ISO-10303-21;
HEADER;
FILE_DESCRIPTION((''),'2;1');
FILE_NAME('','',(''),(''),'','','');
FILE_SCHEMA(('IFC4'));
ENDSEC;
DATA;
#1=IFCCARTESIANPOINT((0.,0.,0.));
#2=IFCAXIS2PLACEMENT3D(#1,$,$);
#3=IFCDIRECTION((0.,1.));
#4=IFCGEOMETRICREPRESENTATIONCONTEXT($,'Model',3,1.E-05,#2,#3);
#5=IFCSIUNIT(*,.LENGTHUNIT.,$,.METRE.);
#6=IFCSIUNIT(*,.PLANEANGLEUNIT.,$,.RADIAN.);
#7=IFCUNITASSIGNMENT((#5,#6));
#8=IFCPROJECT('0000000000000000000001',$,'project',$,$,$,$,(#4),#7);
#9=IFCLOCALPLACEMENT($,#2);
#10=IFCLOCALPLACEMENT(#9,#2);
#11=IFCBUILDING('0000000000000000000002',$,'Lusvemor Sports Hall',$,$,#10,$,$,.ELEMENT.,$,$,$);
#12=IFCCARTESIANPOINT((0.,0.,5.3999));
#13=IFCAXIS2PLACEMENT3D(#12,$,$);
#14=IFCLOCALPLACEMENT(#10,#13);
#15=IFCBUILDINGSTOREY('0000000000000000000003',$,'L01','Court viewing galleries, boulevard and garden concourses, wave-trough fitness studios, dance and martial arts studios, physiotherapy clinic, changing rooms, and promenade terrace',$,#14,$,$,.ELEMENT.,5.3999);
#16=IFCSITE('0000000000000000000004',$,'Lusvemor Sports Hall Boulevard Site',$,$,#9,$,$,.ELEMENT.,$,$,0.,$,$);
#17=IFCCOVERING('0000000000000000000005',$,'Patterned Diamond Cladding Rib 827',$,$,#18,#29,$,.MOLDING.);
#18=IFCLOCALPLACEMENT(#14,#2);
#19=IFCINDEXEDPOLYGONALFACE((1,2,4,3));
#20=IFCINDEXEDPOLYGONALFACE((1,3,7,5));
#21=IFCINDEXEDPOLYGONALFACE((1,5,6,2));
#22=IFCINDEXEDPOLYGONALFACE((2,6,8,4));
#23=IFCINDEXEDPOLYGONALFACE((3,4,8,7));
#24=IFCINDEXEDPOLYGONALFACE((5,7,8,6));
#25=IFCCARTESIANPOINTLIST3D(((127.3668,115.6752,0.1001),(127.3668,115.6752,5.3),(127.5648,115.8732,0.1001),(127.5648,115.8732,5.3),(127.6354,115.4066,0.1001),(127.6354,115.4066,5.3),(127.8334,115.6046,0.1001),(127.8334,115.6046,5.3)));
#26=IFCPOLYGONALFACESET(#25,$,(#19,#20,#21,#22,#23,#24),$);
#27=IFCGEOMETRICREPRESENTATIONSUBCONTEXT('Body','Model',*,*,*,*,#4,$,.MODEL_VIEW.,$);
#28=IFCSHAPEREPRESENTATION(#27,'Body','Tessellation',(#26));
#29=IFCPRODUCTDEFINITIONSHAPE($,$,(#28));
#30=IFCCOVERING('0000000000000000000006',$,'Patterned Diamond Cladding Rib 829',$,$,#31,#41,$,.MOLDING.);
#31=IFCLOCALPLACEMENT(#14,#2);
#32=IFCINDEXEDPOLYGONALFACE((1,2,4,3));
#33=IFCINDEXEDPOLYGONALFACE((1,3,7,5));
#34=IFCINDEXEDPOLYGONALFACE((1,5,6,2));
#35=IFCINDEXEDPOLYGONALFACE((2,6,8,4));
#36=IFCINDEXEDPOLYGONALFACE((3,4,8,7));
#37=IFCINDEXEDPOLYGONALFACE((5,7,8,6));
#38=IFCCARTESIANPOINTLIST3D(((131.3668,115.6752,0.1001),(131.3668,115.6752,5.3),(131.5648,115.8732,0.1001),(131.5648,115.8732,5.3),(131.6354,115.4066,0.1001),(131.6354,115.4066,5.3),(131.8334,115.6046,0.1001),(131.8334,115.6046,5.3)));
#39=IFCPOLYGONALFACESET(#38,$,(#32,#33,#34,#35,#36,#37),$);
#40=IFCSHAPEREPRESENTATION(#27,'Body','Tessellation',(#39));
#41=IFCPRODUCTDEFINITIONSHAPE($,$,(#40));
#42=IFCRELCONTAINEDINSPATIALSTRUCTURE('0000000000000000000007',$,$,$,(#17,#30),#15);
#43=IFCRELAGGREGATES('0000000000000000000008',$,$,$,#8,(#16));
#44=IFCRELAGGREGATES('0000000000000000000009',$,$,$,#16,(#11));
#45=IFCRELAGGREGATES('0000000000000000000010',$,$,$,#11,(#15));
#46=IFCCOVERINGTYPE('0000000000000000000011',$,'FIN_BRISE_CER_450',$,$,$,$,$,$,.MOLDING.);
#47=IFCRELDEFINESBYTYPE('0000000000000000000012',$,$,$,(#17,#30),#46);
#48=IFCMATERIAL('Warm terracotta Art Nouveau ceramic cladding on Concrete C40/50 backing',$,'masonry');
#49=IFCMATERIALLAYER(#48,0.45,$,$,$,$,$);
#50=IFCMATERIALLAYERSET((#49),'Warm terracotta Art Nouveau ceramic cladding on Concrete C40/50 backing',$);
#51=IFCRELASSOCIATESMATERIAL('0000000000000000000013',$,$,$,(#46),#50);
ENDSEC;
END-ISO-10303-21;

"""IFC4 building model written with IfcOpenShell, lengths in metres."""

from ifc_helpers import new_model, si_unit, direction, frame, origin, origin_2d, place, context, subcontext, project, spatial, rectangle, extrude, material, layer, layer_set, type_object, element, save


model = new_model("IFC4")

# Units and contexts
model_context = context("Model", 3, precision=1e-05, world=origin(), true_north=direction((0.0, 1.0)))
body_context = subcontext(model_context, "Body", "Model", "MODEL_VIEW")
ifc_project = project(units=[si_unit("LENGTHUNIT", "METRE"), si_unit("PLANEANGLEUNIT", "RADIAN")], contexts=[model_context])

# Site, building, storey
site_placement = place(None, origin())
site = spatial("IfcSite", under=ifc_project, at=site_placement, Name="Lusvemor Sports Hall Boulevard Site", CompositionType="ELEMENT", RefElevation=0.0)
building_placement = place(site_placement, origin())
building = spatial("IfcBuilding", under=site, at=building_placement, Name="Lusvemor Sports Hall", CompositionType="ELEMENT")
storey_placement = place(building_placement, frame((0.0, 0.0, 5.3999)))
storey = spatial("IfcBuildingStorey", under=building, at=storey_placement, Name="L01", Description="Court viewing galleries, boulevard and garden concourses, wave-trough fitness studios, dance and martial arts studios, physiotherapy clinic, changing rooms, and promenade terrace", CompositionType="ELEMENT", Elevation=5.3999)

# Coverings
ifc_material_1 = material(Name="Warm terracotta Art Nouveau ceramic cladding on Concrete C40/50 backing", Category="masonry")
ifc_layer_1 = layer(ifc_material_1, 0.45)
ifc_layer_set_1 = layer_set([ifc_layer_1], Name="Warm terracotta Art Nouveau ceramic cladding on Concrete C40/50 backing")
covering_type_1 = type_object("IfcCoveringType", Name="FIN_BRISE_CER_450", PredefinedType="MOLDING", material=ifc_layer_set_1)
for number, where, z_axis, x_axis, name in (
    (1, (127.6001, 115.6399, 0.1001), (0.0, 0.0, 1.0), (0.707107, 0.707107, 0.0), "Patterned Diamond Cladding Rib 827"),
    (2, (131.6001, 115.6399, 0.1001), (0.0, 0.0, 1.0), (0.707107, 0.707107, 0.0), "Patterned Diamond Cladding Rib 829"),
):
    element("IfcCovering", number, at=place(storey_placement, frame(where, z_axis=z_axis, x_axis=x_axis)), inside=storey, type_object=covering_type_1, Name=name, PredefinedType="MOLDING", context=body_context, shape_type="SweptSolid", body=[
        extrude(rectangle(XDim=0.28, YDim=0.3799, at=origin_2d()), origin(), (0.0, 0.0, 1.0), 5.2),
    ])

save(model, "model.ifc")
